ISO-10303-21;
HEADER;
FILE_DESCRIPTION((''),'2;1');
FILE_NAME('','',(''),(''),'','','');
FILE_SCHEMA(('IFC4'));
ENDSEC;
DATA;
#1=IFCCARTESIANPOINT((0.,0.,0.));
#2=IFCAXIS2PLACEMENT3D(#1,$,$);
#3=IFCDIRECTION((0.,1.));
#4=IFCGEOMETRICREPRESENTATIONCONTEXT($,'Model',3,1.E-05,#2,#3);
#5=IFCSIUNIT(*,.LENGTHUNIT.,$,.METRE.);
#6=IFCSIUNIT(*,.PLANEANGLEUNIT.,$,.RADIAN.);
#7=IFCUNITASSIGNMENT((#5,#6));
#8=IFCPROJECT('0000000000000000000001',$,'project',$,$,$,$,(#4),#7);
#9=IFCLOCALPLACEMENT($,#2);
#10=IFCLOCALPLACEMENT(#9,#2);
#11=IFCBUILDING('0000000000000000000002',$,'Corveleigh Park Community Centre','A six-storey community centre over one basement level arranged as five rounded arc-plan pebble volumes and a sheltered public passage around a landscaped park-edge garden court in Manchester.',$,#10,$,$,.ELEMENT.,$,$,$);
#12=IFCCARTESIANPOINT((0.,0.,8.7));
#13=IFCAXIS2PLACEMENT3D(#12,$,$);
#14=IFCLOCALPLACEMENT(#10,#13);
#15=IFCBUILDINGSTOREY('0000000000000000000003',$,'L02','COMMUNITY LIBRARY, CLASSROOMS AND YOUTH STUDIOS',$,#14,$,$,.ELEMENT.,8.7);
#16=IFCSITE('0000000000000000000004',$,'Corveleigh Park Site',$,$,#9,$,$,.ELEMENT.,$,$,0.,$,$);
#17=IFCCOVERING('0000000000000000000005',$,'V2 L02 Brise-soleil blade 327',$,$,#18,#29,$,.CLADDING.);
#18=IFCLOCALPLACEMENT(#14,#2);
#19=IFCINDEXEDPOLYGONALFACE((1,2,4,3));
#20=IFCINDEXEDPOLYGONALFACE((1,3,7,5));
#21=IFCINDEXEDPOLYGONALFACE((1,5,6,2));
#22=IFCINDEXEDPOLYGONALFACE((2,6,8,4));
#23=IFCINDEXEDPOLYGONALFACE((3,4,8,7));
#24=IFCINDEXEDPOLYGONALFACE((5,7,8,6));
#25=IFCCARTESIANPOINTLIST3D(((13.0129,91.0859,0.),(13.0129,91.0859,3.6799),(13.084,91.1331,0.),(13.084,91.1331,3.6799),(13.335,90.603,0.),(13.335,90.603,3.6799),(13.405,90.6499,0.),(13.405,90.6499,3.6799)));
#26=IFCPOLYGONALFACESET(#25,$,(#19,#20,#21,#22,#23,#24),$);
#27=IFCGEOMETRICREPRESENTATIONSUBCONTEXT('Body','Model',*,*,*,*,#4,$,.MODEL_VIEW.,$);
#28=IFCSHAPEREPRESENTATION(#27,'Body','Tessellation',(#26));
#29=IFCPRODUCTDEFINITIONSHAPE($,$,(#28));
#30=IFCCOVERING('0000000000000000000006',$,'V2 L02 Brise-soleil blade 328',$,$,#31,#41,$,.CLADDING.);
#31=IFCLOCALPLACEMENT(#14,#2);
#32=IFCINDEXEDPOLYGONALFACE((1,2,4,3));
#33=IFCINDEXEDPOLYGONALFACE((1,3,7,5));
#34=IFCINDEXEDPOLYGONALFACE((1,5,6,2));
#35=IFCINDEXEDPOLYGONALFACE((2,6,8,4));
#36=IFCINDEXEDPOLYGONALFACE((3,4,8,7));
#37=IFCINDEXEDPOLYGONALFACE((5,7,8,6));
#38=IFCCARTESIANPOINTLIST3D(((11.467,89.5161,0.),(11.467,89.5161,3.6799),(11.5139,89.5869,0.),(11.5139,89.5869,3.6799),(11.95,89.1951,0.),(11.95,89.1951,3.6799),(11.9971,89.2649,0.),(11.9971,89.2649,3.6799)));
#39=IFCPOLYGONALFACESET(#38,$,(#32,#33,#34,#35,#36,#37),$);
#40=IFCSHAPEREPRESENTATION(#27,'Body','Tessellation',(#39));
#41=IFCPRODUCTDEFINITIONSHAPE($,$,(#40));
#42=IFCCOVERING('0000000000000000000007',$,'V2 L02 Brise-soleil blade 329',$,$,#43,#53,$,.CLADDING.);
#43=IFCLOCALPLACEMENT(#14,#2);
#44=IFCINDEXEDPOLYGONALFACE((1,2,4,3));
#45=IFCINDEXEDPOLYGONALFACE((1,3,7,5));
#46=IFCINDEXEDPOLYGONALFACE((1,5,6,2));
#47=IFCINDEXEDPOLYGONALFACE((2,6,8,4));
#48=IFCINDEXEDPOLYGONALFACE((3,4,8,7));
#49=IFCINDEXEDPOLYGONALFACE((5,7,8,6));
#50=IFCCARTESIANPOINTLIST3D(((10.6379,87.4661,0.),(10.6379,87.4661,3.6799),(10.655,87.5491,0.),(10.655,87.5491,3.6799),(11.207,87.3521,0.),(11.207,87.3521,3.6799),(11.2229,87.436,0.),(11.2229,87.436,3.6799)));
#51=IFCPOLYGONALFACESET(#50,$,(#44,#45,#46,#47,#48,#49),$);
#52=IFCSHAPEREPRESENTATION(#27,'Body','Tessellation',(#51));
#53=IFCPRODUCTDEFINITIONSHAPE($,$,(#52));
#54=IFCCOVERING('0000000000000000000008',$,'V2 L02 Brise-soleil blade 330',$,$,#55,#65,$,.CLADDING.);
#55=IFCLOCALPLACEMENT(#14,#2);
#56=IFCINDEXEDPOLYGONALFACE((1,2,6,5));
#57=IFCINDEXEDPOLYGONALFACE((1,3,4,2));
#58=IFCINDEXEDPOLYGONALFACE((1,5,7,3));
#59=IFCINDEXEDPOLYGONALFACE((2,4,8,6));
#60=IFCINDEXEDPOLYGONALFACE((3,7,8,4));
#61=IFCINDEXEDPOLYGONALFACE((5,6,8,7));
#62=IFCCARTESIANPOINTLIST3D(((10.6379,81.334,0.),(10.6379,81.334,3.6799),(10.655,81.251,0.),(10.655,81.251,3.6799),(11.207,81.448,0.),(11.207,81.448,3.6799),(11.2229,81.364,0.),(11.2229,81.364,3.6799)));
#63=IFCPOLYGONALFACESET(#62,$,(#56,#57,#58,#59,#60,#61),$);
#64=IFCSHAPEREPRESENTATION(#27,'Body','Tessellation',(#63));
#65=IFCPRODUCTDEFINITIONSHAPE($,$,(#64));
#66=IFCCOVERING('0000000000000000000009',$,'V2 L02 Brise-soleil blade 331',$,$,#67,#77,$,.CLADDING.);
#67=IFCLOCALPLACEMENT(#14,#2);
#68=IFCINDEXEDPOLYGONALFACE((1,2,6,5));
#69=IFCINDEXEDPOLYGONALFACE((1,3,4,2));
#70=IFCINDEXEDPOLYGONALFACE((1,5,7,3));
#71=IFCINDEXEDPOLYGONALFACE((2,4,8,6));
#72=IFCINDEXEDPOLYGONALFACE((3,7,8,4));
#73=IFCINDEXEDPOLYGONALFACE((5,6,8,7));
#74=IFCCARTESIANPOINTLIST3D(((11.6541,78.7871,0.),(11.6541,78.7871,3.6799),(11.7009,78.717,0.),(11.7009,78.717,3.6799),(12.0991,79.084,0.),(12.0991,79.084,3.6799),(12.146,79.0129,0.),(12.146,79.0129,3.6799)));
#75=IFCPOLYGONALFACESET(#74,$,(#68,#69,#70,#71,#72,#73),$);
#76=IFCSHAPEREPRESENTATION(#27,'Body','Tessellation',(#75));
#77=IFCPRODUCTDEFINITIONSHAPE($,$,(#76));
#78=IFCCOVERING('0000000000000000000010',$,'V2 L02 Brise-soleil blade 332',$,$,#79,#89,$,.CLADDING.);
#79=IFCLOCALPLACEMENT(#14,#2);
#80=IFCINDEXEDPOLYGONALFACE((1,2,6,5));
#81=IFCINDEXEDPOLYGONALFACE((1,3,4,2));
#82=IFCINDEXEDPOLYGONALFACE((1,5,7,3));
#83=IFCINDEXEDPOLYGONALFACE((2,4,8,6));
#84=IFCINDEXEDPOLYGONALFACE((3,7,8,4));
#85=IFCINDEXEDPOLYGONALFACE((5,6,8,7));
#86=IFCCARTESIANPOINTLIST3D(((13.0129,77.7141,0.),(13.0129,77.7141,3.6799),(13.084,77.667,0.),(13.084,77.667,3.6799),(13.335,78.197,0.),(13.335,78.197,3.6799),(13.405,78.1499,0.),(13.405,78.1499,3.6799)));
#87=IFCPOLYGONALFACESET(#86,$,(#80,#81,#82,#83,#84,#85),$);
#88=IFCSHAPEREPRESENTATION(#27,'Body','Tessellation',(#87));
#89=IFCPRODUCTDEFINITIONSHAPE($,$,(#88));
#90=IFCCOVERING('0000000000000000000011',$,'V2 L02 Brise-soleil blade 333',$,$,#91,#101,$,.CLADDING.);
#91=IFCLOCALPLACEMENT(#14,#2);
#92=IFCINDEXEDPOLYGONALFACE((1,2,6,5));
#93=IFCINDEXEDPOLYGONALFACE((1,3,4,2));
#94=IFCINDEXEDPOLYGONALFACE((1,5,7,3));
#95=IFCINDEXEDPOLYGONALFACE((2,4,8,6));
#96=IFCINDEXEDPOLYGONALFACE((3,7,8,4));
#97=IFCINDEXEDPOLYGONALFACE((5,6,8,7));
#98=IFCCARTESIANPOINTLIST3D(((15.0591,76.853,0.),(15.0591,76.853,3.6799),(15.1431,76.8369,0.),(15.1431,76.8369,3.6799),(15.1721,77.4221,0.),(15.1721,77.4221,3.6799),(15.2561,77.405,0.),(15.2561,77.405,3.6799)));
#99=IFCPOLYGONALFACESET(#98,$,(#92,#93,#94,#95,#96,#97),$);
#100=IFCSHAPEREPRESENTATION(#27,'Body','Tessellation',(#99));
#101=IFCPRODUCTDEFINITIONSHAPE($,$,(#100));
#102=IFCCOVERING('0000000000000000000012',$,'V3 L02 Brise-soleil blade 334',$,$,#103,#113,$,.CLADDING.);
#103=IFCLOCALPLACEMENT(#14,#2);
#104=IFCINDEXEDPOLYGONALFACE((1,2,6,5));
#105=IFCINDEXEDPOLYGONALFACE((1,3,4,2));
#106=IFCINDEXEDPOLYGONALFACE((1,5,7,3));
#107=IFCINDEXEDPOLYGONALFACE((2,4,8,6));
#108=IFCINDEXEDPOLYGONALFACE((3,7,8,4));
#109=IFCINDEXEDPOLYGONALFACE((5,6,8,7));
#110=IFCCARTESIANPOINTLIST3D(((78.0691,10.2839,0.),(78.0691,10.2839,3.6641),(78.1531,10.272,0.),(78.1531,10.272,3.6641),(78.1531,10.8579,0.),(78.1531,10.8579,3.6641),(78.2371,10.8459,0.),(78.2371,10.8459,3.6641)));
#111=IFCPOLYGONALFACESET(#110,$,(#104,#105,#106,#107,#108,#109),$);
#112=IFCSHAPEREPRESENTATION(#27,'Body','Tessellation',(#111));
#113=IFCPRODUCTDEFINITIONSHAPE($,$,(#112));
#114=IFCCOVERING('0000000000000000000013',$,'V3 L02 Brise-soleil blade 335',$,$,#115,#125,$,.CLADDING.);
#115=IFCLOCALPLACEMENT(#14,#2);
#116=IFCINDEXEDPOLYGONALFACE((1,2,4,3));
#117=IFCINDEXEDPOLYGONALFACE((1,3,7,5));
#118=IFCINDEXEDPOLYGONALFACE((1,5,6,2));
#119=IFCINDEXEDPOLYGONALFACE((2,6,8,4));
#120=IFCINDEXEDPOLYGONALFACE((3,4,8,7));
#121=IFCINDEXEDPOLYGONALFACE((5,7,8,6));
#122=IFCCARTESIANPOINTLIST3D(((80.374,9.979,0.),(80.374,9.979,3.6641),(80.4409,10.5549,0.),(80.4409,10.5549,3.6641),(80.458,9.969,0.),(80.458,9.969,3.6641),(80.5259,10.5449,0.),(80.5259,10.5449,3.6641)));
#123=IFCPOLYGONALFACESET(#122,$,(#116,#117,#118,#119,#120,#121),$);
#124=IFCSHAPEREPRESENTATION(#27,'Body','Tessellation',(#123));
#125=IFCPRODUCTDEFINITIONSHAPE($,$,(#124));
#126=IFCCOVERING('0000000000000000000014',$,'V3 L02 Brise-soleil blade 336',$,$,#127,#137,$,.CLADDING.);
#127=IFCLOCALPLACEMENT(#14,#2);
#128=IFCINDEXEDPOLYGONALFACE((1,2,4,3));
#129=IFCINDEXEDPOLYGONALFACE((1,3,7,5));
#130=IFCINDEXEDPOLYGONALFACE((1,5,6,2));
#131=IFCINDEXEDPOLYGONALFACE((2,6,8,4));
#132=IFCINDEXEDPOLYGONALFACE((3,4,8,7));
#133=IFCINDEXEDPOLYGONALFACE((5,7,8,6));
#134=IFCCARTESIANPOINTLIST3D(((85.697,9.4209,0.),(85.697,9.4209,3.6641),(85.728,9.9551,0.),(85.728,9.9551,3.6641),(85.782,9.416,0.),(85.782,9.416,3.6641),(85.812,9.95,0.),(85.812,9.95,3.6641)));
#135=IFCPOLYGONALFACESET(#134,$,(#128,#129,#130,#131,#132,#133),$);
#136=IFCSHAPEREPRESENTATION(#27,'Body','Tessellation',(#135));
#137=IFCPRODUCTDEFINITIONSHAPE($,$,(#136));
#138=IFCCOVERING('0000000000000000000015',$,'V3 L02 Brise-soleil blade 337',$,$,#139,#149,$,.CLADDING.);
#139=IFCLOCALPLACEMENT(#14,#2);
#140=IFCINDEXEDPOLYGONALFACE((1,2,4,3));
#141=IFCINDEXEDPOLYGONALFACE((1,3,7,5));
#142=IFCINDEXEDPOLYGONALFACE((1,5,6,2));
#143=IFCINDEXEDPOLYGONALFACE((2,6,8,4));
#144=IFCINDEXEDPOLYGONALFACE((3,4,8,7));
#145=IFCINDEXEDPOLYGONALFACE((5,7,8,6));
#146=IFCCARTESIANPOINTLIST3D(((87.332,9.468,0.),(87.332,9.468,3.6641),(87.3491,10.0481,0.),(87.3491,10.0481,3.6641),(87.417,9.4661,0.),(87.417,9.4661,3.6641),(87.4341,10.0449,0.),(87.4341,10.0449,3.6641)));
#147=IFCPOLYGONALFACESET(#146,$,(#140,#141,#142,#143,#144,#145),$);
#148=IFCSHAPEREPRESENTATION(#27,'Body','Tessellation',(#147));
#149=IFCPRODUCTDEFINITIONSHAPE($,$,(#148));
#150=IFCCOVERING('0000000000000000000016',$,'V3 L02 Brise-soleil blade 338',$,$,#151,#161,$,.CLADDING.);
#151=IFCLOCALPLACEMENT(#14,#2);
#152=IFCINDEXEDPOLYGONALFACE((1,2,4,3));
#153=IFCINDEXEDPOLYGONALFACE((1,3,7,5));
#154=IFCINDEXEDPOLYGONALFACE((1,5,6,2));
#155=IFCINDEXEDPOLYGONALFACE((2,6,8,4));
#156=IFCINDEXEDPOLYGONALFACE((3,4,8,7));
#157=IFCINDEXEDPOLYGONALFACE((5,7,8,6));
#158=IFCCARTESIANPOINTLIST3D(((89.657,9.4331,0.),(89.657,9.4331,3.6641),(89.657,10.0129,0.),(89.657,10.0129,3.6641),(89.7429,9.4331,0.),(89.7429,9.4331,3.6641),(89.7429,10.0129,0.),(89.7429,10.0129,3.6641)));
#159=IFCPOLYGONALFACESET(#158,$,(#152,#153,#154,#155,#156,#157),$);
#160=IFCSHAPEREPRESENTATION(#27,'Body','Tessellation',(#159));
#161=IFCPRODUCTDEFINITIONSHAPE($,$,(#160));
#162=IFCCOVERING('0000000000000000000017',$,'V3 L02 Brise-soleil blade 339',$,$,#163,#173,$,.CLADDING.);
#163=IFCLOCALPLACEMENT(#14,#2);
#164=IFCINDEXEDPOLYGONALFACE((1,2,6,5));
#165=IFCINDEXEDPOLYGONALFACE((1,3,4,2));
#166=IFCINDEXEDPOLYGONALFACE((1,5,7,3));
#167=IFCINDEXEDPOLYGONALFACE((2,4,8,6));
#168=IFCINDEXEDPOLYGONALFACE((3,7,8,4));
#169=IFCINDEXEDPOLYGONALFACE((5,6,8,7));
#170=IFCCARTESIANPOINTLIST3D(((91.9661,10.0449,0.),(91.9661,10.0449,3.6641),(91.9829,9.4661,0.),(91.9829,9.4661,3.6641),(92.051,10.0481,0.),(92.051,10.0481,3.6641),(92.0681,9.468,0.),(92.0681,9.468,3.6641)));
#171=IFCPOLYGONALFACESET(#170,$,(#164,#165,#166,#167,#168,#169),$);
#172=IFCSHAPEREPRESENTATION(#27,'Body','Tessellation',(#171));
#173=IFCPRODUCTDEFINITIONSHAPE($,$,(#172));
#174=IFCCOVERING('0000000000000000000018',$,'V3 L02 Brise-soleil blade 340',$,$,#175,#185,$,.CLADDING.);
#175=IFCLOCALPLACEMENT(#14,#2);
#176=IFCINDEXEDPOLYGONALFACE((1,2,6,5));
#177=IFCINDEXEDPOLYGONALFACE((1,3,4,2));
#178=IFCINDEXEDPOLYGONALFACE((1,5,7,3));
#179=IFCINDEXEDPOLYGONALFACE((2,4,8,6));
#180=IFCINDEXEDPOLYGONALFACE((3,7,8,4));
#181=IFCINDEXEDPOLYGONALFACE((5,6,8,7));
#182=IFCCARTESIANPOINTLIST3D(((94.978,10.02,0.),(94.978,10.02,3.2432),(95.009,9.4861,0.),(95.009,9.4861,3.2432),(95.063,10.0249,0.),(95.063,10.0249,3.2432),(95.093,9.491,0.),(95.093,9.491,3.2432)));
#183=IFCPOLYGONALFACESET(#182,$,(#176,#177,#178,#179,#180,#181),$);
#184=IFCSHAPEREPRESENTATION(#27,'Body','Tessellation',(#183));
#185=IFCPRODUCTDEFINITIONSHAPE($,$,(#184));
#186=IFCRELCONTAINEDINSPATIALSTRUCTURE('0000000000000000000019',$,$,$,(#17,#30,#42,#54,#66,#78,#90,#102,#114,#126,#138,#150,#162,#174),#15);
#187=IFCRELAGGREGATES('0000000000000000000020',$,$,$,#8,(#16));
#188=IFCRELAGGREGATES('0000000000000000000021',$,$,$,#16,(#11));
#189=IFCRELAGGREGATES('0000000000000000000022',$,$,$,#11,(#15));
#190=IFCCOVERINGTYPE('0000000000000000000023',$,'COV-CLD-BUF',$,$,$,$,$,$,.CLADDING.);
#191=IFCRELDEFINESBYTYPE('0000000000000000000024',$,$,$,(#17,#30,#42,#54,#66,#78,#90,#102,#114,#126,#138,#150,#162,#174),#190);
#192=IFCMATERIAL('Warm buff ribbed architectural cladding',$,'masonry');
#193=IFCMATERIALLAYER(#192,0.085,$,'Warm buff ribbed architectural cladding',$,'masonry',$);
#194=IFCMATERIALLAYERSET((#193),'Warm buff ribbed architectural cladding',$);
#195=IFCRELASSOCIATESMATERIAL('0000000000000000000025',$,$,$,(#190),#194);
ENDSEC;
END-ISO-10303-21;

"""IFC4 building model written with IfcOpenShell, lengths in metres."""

from ifc_helpers import new_model, si_unit, direction, frame, origin, place, context, subcontext, project, spatial, polyline, outline, extrude, material, layer, layer_set, type_object, element, save


model = new_model("IFC4")

# Units and contexts
model_context = context("Model", 3, precision=1e-05, world=origin(), true_north=direction((0.0, 1.0)))
body_context = subcontext(model_context, "Body", "Model", "MODEL_VIEW")
ifc_project = project(units=[si_unit("LENGTHUNIT", "METRE"), si_unit("PLANEANGLEUNIT", "RADIAN")], contexts=[model_context])

# Site, building, storey
site_placement = place(None, origin())
site = spatial("IfcSite", under=ifc_project, at=site_placement, Name="Corveleigh Park Site", CompositionType="ELEMENT", RefElevation=0.0)
building_placement = place(site_placement, origin())
building = spatial("IfcBuilding", under=site, at=building_placement, Name="Corveleigh Park Community Centre", Description="A six-storey community centre over one basement level arranged as five rounded arc-plan pebble volumes and a sheltered public passage around a landscaped park-edge garden court in Manchester.", CompositionType="ELEMENT")
storey_placement = place(building_placement, frame((0.0, 0.0, 8.7)))
storey = spatial("IfcBuildingStorey", under=building, at=storey_placement, Name="L02", Description="COMMUNITY LIBRARY, CLASSROOMS AND YOUTH STUDIOS", CompositionType="ELEMENT", Elevation=8.7)

# Coverings
ifc_material = material(Name="Warm buff ribbed architectural cladding", Category="masonry")
ifc_layer = layer(ifc_material, 0.085, Name="Warm buff ribbed architectural cladding", Category="masonry")
ifc_layer_set = layer_set([ifc_layer], Name="Warm buff ribbed architectural cladding")
covering_type = type_object("IfcCoveringType", Name="COV-CLD-BUF", PredefinedType="CLADDING", material=ifc_layer_set)
covering_1_placement = place(storey_placement, origin())
element("IfcCovering", 1, at=covering_1_placement, inside=storey, type_object=covering_type, Name="V2 L02 Brise-soleil blade 327", PredefinedType="CLADDING", context=body_context, shape_type="SweptSolid", body=[
    extrude(outline(polyline([(13.335, 90.603), (13.405, 90.6499), (13.084, 91.1331), (13.0129, 91.0859), (13.335, 90.603)])), origin(), (0.0, 0.0, 1.0), 3.6799),
])
covering_2_placement = place(storey_placement, origin())
element("IfcCovering", 2, at=covering_2_placement, inside=storey, type_object=covering_type, Name="V2 L02 Brise-soleil blade 328", PredefinedType="CLADDING", context=body_context, shape_type="SweptSolid", body=[
    extrude(outline(polyline([(11.95, 89.1951), (11.9971, 89.2649), (11.5139, 89.5869), (11.467, 89.5161), (11.95, 89.1951)])), origin(), (0.0, 0.0, 1.0), 3.6799),
])
covering_3_placement = place(storey_placement, origin())
element("IfcCovering", 3, at=covering_3_placement, inside=storey, type_object=covering_type, Name="V2 L02 Brise-soleil blade 329", PredefinedType="CLADDING", context=body_context, shape_type="SweptSolid", body=[
    extrude(outline(polyline([(11.207, 87.3521), (11.2229, 87.436), (10.655, 87.5491), (10.6379, 87.4661), (11.207, 87.3521)])), origin(), (0.0, 0.0, 1.0), 3.6799),
])
covering_4_placement = place(storey_placement, origin())
element("IfcCovering", 4, at=covering_4_placement, inside=storey, type_object=covering_type, Name="V2 L02 Brise-soleil blade 330", PredefinedType="CLADDING", context=body_context, shape_type="SweptSolid", body=[
    extrude(outline(polyline([(11.2229, 81.364), (11.207, 81.448), (10.6379, 81.334), (10.655, 81.251), (11.2229, 81.364)])), origin(), (0.0, 0.0, 1.0), 3.6799),
])
covering_5_placement = place(storey_placement, origin())
element("IfcCovering", 5, at=covering_5_placement, inside=storey, type_object=covering_type, Name="V2 L02 Brise-soleil blade 331", PredefinedType="CLADDING", context=body_context, shape_type="SweptSolid", body=[
    extrude(outline(polyline([(12.146, 79.0129), (12.0991, 79.084), (11.6541, 78.7871), (11.7009, 78.717), (12.146, 79.0129)])), origin(), (0.0, 0.0, 1.0), 3.6799),
])
covering_6_placement = place(storey_placement, origin())
element("IfcCovering", 6, at=covering_6_placement, inside=storey, type_object=covering_type, Name="V2 L02 Brise-soleil blade 332", PredefinedType="CLADDING", context=body_context, shape_type="SweptSolid", body=[
    extrude(outline(polyline([(13.405, 78.1499), (13.335, 78.197), (13.0129, 77.7141), (13.084, 77.667), (13.405, 78.1499)])), origin(), (0.0, 0.0, 1.0), 3.6799),
])
covering_7_placement = place(storey_placement, origin())
element("IfcCovering", 7, at=covering_7_placement, inside=storey, type_object=covering_type, Name="V2 L02 Brise-soleil blade 333", PredefinedType="CLADDING", context=body_context, shape_type="SweptSolid", body=[
    extrude(outline(polyline([(15.2561, 77.405), (15.1721, 77.4221), (15.0591, 76.853), (15.1431, 76.8369), (15.2561, 77.405)])), origin(), (0.0, 0.0, 1.0), 3.6799),
])
covering_8_placement = place(storey_placement, origin())
element("IfcCovering", 8, at=covering_8_placement, inside=storey, type_object=covering_type, Name="V3 L02 Brise-soleil blade 334", PredefinedType="CLADDING", context=body_context, shape_type="SweptSolid", body=[
    extrude(outline(polyline([(78.2371, 10.8459), (78.1531, 10.8579), (78.0691, 10.2839), (78.1531, 10.272), (78.2371, 10.8459)])), origin(), (0.0, 0.0, 1.0), 3.6641),
])
covering_9_placement = place(storey_placement, origin())
element("IfcCovering", 9, at=covering_9_placement, inside=storey, type_object=covering_type, Name="V3 L02 Brise-soleil blade 335", PredefinedType="CLADDING", context=body_context, shape_type="SweptSolid", body=[
    extrude(outline(polyline([(80.5259, 10.5449), (80.4409, 10.5549), (80.374, 9.979), (80.458, 9.969), (80.5259, 10.5449)])), origin(), (0.0, 0.0, 1.0), 3.6641),
])
covering_10_placement = place(storey_placement, origin())
element("IfcCovering", 10, at=covering_10_placement, inside=storey, type_object=covering_type, Name="V3 L02 Brise-soleil blade 336", PredefinedType="CLADDING", context=body_context, shape_type="SweptSolid", body=[
    extrude(outline(polyline([(85.812, 9.95), (85.728, 9.9551), (85.697, 9.4209), (85.782, 9.416), (85.812, 9.95)])), origin(), (0.0, 0.0, 1.0), 3.6641),
])
covering_11_placement = place(storey_placement, origin())
element("IfcCovering", 11, at=covering_11_placement, inside=storey, type_object=covering_type, Name="V3 L02 Brise-soleil blade 337", PredefinedType="CLADDING", context=body_context, shape_type="SweptSolid", body=[
    extrude(outline(polyline([(87.4341, 10.0449), (87.3491, 10.0481), (87.332, 9.468), (87.417, 9.4661), (87.4341, 10.0449)])), origin(), (0.0, 0.0, 1.0), 3.6641),
])
covering_12_placement = place(storey_placement, origin())
element("IfcCovering", 12, at=covering_12_placement, inside=storey, type_object=covering_type, Name="V3 L02 Brise-soleil blade 338", PredefinedType="CLADDING", context=body_context, shape_type="SweptSolid", body=[
    extrude(outline(polyline([(89.7429, 10.0129), (89.657, 10.0129), (89.657, 9.4331), (89.7429, 9.4331), (89.7429, 10.0129)])), origin(), (0.0, 0.0, 1.0), 3.6641),
])
covering_13_placement = place(storey_placement, origin())
element("IfcCovering", 13, at=covering_13_placement, inside=storey, type_object=covering_type, Name="V3 L02 Brise-soleil blade 339", PredefinedType="CLADDING", context=body_context, shape_type="SweptSolid", body=[
    extrude(outline(polyline([(92.051, 10.0481), (91.9661, 10.0449), (91.9829, 9.4661), (92.0681, 9.468), (92.051, 10.0481)])), origin(), (0.0, 0.0, 1.0), 3.6641),
])
covering_14_placement = place(storey_placement, origin())
element("IfcCovering", 14, at=covering_14_placement, inside=storey, type_object=covering_type, Name="V3 L02 Brise-soleil blade 340", PredefinedType="CLADDING", context=body_context, shape_type="SweptSolid", body=[
    extrude(outline(polyline([(95.063, 10.0249), (94.978, 10.02), (95.009, 9.4861), (95.093, 9.491), (95.063, 10.0249)])), origin(), (0.0, 0.0, 1.0), 3.2432),
])

save(model, "model.ifc")
